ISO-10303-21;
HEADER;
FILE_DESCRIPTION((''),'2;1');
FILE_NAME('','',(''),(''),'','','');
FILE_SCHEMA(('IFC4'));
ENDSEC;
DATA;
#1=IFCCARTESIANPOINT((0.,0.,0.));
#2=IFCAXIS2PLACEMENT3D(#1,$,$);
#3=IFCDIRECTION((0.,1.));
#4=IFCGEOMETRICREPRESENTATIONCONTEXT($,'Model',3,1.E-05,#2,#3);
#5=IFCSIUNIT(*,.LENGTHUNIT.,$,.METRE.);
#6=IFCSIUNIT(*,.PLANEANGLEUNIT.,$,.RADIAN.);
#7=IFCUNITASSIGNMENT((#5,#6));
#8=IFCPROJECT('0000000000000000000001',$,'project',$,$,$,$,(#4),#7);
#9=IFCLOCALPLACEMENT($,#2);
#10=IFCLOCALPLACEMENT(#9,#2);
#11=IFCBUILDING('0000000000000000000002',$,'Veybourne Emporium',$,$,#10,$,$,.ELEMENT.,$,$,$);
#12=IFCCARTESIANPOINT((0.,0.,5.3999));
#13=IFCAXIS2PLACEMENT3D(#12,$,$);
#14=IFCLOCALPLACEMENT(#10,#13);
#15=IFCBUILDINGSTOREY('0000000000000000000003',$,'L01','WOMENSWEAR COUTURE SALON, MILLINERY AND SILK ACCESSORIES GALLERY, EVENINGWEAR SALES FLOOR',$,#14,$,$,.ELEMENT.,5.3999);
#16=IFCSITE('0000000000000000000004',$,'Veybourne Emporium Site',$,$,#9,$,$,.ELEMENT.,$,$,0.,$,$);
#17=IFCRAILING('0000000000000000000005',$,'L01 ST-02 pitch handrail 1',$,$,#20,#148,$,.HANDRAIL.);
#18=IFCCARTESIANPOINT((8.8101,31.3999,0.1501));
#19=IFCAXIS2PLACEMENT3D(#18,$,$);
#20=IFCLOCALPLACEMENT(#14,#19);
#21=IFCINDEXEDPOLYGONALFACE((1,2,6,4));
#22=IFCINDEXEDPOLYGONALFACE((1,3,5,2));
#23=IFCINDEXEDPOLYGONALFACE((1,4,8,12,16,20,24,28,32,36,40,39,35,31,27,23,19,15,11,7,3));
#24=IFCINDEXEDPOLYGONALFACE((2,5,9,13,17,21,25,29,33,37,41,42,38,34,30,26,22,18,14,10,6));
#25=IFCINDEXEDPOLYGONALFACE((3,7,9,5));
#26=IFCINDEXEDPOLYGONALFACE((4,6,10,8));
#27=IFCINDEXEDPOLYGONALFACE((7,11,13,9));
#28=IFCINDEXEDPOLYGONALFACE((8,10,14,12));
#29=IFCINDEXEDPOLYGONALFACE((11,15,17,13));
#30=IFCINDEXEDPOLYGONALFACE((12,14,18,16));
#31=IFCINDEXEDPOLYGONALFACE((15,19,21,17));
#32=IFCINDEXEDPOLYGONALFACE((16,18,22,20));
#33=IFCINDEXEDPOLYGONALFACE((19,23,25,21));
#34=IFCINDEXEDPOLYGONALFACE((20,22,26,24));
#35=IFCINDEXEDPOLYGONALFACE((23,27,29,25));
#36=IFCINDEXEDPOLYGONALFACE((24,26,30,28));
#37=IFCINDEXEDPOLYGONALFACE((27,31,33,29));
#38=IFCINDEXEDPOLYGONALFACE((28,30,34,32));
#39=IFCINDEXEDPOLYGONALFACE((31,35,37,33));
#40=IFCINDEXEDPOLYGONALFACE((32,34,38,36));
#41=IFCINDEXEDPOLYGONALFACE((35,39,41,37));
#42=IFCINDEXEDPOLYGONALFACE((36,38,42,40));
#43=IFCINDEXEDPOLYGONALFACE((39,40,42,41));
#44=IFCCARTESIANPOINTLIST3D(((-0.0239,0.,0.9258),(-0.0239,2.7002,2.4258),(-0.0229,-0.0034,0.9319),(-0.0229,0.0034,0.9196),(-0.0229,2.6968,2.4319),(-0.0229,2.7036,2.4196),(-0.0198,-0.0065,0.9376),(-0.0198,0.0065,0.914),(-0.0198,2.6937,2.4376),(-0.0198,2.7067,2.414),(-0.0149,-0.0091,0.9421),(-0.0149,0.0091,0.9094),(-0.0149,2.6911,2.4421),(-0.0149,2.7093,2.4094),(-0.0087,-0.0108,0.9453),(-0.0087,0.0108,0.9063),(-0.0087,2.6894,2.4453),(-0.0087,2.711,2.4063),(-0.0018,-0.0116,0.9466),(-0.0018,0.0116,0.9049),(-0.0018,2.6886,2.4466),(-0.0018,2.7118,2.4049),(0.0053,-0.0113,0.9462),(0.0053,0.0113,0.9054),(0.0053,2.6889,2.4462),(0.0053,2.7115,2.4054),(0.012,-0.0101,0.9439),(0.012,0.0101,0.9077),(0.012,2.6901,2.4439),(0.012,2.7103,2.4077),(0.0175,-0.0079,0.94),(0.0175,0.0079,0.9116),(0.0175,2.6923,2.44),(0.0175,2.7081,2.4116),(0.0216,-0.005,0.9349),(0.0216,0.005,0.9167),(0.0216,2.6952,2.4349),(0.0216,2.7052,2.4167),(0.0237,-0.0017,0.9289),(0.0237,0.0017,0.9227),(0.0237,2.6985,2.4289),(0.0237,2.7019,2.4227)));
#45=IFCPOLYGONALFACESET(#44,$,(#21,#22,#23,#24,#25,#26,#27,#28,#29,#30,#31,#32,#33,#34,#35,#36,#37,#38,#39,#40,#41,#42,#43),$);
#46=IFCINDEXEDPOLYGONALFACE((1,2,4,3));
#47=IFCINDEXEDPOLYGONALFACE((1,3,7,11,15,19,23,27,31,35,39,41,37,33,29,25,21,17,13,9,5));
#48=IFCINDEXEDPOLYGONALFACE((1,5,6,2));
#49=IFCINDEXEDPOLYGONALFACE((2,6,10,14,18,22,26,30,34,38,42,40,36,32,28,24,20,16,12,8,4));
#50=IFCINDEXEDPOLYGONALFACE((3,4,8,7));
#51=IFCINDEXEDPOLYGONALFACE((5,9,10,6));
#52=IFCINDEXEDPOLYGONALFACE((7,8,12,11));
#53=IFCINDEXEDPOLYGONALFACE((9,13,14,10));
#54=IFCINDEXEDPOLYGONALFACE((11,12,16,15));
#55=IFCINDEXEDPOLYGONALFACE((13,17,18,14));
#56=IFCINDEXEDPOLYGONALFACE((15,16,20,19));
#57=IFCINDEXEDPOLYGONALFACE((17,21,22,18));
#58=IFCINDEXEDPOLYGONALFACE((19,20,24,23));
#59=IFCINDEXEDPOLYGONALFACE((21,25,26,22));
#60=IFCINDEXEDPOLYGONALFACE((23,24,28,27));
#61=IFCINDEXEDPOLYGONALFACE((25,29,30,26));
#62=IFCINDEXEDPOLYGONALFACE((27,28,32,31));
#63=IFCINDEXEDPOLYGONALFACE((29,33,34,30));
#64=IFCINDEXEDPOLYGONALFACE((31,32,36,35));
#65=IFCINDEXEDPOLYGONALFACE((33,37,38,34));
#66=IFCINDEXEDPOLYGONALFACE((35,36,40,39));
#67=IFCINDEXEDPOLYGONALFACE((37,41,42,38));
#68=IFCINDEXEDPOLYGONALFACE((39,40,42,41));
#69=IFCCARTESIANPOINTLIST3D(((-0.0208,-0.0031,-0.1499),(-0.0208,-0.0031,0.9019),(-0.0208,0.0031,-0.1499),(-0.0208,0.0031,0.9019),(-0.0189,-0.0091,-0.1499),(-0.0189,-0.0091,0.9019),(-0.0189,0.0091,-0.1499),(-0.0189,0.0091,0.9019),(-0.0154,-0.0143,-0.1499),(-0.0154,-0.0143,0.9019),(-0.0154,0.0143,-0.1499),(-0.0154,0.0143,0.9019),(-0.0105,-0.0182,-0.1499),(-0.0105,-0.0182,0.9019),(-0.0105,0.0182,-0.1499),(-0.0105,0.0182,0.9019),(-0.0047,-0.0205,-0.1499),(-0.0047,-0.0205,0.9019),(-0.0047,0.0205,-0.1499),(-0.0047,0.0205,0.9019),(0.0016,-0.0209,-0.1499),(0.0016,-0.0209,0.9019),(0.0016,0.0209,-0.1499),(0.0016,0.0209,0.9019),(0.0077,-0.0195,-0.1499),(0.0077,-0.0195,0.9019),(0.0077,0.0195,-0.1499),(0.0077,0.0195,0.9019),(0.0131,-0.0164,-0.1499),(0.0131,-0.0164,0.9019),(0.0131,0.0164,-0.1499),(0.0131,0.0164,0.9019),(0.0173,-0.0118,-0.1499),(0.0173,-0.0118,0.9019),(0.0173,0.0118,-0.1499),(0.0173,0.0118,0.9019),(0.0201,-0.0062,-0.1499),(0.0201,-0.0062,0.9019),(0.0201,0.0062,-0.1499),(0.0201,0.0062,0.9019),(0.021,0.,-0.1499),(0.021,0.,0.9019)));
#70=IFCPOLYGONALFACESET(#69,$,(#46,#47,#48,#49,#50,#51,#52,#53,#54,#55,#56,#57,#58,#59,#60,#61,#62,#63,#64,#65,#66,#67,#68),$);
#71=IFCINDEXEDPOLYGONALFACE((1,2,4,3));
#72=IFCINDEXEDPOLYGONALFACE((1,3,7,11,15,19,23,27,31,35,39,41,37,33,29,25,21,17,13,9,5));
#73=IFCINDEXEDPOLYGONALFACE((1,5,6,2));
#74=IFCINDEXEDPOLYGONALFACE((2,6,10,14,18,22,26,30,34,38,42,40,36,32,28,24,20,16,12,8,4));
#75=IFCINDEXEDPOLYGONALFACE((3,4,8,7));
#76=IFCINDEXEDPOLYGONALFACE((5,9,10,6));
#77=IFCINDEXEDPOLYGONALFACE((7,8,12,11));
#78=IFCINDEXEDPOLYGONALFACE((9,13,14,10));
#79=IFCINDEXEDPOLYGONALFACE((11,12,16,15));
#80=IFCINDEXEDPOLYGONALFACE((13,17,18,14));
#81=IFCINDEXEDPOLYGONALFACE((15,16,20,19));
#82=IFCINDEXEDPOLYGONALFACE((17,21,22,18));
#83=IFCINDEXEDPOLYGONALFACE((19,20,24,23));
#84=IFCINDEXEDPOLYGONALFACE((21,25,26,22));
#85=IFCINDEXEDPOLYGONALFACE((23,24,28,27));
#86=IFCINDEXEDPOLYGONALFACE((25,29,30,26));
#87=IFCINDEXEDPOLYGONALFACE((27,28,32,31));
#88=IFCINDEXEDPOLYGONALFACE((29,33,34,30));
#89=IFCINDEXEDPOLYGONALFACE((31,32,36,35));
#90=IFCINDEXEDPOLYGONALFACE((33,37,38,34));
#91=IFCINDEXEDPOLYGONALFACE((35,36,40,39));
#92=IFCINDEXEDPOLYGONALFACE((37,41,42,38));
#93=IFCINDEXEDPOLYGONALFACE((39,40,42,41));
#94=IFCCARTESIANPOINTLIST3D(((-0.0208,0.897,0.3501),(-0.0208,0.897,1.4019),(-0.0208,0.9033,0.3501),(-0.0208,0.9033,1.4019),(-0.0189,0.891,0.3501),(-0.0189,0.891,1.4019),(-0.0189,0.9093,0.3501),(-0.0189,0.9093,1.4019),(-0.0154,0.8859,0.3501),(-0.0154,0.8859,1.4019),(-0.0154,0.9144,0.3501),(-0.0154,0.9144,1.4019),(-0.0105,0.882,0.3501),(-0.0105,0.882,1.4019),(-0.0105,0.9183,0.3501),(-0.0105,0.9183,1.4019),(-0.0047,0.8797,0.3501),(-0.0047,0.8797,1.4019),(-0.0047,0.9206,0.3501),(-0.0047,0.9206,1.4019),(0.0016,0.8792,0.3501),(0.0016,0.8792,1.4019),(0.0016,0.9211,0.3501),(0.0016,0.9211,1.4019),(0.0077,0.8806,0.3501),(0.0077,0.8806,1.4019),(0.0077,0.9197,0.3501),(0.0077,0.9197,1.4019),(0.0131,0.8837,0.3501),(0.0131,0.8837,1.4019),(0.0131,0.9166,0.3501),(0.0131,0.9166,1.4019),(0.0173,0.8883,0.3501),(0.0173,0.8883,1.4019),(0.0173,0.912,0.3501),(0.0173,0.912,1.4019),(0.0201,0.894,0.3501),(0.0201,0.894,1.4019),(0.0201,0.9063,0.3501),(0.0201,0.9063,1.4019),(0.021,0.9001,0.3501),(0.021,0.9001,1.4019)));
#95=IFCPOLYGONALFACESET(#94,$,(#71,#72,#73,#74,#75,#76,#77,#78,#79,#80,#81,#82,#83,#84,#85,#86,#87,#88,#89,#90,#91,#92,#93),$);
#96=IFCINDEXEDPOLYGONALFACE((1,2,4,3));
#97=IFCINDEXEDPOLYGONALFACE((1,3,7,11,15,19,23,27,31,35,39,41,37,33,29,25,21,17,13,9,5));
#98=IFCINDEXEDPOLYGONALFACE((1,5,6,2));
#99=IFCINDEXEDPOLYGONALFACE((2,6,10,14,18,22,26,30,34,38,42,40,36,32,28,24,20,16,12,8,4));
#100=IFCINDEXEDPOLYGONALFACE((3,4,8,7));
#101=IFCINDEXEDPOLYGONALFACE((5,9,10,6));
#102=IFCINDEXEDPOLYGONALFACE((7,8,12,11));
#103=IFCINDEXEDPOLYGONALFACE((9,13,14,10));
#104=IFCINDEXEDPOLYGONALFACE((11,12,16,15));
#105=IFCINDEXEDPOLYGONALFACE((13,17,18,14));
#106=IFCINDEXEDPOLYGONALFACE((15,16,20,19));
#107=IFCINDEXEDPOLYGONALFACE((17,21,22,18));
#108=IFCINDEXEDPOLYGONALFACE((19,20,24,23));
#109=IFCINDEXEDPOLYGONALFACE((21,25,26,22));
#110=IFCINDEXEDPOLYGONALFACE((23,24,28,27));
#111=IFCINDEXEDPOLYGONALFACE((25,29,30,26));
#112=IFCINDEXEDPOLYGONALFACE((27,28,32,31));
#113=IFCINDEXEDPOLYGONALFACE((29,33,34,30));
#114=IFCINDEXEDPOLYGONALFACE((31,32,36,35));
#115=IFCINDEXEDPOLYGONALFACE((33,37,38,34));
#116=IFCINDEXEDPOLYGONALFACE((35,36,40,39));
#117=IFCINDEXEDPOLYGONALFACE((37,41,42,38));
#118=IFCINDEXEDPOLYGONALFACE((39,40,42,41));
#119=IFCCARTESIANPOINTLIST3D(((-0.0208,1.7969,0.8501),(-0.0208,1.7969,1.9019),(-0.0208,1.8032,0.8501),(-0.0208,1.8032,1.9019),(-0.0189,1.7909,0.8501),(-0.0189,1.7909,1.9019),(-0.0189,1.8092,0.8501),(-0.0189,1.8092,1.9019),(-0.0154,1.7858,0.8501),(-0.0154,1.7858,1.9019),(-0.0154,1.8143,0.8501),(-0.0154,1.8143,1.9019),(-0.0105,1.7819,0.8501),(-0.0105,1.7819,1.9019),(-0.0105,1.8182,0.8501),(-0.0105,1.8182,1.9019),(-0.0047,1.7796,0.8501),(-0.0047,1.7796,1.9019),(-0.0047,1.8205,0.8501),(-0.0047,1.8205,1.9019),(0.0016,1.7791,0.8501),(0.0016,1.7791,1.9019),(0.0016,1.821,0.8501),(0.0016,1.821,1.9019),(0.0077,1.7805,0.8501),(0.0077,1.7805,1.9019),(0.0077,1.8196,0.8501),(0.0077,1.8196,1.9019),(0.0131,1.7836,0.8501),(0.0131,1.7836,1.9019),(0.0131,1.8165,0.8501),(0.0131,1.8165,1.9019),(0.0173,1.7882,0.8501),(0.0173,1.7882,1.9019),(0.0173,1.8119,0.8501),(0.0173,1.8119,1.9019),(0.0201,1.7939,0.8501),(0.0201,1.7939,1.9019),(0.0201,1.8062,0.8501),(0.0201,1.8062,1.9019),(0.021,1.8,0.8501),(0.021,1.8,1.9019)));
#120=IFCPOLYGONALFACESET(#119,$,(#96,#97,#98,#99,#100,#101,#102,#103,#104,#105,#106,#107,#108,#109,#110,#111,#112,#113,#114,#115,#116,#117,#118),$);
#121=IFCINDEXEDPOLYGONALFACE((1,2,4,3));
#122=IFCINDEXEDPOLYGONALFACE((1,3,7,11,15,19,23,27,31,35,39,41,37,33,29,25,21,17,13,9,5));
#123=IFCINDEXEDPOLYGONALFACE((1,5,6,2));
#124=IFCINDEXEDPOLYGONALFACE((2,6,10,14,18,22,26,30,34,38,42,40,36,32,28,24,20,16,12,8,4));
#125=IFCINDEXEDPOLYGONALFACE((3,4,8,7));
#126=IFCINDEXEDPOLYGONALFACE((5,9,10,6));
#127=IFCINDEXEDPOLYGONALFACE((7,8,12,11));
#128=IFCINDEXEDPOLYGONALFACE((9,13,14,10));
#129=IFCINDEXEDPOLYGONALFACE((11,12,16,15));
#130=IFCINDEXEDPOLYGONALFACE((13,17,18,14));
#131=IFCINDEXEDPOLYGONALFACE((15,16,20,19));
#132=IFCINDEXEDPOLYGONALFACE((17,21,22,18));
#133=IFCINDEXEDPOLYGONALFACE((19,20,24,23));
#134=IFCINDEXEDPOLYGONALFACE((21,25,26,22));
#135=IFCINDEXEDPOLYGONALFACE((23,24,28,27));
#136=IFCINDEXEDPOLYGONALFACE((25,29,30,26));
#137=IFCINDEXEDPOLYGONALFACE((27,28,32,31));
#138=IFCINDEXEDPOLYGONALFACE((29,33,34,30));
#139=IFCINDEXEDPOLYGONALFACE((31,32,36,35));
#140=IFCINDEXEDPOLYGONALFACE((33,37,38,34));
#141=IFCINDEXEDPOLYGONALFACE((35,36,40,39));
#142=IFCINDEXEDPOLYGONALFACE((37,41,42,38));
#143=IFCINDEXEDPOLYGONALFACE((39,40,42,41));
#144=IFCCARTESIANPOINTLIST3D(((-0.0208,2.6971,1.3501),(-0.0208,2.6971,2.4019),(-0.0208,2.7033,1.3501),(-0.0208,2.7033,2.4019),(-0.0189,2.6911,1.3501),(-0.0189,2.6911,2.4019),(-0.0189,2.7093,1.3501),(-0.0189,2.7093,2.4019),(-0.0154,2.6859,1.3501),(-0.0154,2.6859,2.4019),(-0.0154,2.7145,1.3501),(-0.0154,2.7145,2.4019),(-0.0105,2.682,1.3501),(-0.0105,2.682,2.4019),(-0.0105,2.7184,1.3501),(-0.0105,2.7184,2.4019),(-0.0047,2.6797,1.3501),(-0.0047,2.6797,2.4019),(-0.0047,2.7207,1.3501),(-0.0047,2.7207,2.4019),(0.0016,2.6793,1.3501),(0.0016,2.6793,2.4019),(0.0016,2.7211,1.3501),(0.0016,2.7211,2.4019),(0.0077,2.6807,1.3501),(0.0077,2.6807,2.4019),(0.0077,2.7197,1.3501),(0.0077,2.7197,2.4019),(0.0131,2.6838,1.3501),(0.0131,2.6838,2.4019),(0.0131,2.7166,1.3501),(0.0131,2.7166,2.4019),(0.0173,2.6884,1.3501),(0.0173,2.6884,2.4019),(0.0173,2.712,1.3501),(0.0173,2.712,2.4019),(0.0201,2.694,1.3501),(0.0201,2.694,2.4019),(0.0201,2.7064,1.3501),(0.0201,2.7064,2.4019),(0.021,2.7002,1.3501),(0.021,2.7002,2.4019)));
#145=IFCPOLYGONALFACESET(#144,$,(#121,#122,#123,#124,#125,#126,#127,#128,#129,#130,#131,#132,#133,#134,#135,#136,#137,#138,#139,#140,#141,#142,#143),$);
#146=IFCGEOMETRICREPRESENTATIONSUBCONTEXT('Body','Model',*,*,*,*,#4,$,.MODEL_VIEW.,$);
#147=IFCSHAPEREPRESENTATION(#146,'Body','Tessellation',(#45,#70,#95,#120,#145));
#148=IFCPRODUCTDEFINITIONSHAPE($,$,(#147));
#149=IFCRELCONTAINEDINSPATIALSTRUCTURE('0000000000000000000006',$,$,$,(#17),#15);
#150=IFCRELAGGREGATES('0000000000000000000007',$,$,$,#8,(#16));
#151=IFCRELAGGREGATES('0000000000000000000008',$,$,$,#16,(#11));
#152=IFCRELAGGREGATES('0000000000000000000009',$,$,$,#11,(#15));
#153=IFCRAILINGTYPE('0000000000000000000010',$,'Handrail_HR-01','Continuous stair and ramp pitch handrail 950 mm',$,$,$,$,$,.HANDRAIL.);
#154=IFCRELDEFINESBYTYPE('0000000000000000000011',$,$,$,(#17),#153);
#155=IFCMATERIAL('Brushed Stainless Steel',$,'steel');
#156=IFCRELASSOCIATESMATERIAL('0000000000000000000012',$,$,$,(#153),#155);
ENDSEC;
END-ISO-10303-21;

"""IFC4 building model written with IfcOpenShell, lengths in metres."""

from ifc_helpers import new_model, si_unit, direction, frame, origin, origin_2d, place, context, subcontext, project, spatial, circle, extrude, material, type_object, element, save


model = new_model("IFC4")

# Units and contexts
model_context = context("Model", 3, precision=1e-05, world=origin(), true_north=direction((0.0, 1.0)))
body_context = subcontext(model_context, "Body", "Model", "MODEL_VIEW")
ifc_project = project(units=[si_unit("LENGTHUNIT", "METRE"), si_unit("PLANEANGLEUNIT", "RADIAN")], contexts=[model_context])

# Site, building, storey
site_placement = place(None, origin())
site = spatial("IfcSite", under=ifc_project, at=site_placement, Name="Veybourne Emporium Site", CompositionType="ELEMENT", RefElevation=0.0)
building_placement = place(site_placement, origin())
building = spatial("IfcBuilding", under=site, at=building_placement, Name="Veybourne Emporium", CompositionType="ELEMENT")
storey_placement = place(building_placement, frame((0.0, 0.0, 5.3999)))
storey = spatial("IfcBuildingStorey", under=building, at=storey_placement, Name="L01", Description="WOMENSWEAR COUTURE SALON, MILLINERY AND SILK ACCESSORIES GALLERY, EVENINGWEAR SALES FLOOR", CompositionType="ELEMENT", Elevation=5.3999)

# Railing
ifc_material_1 = material(Name="Brushed Stainless Steel", Category="steel")
railing_type_1 = type_object("IfcRailingType", Name="Handrail_HR-01", Description="Continuous stair and ramp pitch handrail 950 mm", PredefinedType="HANDRAIL", material=ifc_material_1)
railing_1_placement = place(storey_placement, frame((8.8101, 31.3999, 0.1501)))
element("IfcRailing", 1, at=railing_1_placement, inside=storey, type_object=railing_type_1, Name="L01 ST-02 pitch handrail 1", PredefinedType="HANDRAIL", context=body_context, shape_type="SweptSolid", body=[
    extrude(circle(Radius=0.0239, at=origin_2d()), frame((0.0, 0.0, 0.9258), z_axis=(0.0, 0.874172, 0.485616), x_axis=(-1.0, 0.0, 0.0)), (0.0, 0.0, 1.0), 3.0889),
    extrude(circle(Radius=0.021, at=origin_2d()), frame((0.0, 0.0, -0.1499)), (0.0, 0.0, 1.0), 1.0518),
    extrude(circle(Radius=0.021, at=origin_2d()), frame((0.0, 0.9001, 0.3501)), (0.0, 0.0, 1.0), 1.0518),
    extrude(circle(Radius=0.021, at=origin_2d()), frame((0.0, 1.8, 0.8501)), (0.0, 0.0, 1.0), 1.0518),
    extrude(circle(Radius=0.021, at=origin_2d()), frame((0.0, 2.7002, 1.3501)), (0.0, 0.0, 1.0), 1.0518),
])

save(model, "model.ifc")
